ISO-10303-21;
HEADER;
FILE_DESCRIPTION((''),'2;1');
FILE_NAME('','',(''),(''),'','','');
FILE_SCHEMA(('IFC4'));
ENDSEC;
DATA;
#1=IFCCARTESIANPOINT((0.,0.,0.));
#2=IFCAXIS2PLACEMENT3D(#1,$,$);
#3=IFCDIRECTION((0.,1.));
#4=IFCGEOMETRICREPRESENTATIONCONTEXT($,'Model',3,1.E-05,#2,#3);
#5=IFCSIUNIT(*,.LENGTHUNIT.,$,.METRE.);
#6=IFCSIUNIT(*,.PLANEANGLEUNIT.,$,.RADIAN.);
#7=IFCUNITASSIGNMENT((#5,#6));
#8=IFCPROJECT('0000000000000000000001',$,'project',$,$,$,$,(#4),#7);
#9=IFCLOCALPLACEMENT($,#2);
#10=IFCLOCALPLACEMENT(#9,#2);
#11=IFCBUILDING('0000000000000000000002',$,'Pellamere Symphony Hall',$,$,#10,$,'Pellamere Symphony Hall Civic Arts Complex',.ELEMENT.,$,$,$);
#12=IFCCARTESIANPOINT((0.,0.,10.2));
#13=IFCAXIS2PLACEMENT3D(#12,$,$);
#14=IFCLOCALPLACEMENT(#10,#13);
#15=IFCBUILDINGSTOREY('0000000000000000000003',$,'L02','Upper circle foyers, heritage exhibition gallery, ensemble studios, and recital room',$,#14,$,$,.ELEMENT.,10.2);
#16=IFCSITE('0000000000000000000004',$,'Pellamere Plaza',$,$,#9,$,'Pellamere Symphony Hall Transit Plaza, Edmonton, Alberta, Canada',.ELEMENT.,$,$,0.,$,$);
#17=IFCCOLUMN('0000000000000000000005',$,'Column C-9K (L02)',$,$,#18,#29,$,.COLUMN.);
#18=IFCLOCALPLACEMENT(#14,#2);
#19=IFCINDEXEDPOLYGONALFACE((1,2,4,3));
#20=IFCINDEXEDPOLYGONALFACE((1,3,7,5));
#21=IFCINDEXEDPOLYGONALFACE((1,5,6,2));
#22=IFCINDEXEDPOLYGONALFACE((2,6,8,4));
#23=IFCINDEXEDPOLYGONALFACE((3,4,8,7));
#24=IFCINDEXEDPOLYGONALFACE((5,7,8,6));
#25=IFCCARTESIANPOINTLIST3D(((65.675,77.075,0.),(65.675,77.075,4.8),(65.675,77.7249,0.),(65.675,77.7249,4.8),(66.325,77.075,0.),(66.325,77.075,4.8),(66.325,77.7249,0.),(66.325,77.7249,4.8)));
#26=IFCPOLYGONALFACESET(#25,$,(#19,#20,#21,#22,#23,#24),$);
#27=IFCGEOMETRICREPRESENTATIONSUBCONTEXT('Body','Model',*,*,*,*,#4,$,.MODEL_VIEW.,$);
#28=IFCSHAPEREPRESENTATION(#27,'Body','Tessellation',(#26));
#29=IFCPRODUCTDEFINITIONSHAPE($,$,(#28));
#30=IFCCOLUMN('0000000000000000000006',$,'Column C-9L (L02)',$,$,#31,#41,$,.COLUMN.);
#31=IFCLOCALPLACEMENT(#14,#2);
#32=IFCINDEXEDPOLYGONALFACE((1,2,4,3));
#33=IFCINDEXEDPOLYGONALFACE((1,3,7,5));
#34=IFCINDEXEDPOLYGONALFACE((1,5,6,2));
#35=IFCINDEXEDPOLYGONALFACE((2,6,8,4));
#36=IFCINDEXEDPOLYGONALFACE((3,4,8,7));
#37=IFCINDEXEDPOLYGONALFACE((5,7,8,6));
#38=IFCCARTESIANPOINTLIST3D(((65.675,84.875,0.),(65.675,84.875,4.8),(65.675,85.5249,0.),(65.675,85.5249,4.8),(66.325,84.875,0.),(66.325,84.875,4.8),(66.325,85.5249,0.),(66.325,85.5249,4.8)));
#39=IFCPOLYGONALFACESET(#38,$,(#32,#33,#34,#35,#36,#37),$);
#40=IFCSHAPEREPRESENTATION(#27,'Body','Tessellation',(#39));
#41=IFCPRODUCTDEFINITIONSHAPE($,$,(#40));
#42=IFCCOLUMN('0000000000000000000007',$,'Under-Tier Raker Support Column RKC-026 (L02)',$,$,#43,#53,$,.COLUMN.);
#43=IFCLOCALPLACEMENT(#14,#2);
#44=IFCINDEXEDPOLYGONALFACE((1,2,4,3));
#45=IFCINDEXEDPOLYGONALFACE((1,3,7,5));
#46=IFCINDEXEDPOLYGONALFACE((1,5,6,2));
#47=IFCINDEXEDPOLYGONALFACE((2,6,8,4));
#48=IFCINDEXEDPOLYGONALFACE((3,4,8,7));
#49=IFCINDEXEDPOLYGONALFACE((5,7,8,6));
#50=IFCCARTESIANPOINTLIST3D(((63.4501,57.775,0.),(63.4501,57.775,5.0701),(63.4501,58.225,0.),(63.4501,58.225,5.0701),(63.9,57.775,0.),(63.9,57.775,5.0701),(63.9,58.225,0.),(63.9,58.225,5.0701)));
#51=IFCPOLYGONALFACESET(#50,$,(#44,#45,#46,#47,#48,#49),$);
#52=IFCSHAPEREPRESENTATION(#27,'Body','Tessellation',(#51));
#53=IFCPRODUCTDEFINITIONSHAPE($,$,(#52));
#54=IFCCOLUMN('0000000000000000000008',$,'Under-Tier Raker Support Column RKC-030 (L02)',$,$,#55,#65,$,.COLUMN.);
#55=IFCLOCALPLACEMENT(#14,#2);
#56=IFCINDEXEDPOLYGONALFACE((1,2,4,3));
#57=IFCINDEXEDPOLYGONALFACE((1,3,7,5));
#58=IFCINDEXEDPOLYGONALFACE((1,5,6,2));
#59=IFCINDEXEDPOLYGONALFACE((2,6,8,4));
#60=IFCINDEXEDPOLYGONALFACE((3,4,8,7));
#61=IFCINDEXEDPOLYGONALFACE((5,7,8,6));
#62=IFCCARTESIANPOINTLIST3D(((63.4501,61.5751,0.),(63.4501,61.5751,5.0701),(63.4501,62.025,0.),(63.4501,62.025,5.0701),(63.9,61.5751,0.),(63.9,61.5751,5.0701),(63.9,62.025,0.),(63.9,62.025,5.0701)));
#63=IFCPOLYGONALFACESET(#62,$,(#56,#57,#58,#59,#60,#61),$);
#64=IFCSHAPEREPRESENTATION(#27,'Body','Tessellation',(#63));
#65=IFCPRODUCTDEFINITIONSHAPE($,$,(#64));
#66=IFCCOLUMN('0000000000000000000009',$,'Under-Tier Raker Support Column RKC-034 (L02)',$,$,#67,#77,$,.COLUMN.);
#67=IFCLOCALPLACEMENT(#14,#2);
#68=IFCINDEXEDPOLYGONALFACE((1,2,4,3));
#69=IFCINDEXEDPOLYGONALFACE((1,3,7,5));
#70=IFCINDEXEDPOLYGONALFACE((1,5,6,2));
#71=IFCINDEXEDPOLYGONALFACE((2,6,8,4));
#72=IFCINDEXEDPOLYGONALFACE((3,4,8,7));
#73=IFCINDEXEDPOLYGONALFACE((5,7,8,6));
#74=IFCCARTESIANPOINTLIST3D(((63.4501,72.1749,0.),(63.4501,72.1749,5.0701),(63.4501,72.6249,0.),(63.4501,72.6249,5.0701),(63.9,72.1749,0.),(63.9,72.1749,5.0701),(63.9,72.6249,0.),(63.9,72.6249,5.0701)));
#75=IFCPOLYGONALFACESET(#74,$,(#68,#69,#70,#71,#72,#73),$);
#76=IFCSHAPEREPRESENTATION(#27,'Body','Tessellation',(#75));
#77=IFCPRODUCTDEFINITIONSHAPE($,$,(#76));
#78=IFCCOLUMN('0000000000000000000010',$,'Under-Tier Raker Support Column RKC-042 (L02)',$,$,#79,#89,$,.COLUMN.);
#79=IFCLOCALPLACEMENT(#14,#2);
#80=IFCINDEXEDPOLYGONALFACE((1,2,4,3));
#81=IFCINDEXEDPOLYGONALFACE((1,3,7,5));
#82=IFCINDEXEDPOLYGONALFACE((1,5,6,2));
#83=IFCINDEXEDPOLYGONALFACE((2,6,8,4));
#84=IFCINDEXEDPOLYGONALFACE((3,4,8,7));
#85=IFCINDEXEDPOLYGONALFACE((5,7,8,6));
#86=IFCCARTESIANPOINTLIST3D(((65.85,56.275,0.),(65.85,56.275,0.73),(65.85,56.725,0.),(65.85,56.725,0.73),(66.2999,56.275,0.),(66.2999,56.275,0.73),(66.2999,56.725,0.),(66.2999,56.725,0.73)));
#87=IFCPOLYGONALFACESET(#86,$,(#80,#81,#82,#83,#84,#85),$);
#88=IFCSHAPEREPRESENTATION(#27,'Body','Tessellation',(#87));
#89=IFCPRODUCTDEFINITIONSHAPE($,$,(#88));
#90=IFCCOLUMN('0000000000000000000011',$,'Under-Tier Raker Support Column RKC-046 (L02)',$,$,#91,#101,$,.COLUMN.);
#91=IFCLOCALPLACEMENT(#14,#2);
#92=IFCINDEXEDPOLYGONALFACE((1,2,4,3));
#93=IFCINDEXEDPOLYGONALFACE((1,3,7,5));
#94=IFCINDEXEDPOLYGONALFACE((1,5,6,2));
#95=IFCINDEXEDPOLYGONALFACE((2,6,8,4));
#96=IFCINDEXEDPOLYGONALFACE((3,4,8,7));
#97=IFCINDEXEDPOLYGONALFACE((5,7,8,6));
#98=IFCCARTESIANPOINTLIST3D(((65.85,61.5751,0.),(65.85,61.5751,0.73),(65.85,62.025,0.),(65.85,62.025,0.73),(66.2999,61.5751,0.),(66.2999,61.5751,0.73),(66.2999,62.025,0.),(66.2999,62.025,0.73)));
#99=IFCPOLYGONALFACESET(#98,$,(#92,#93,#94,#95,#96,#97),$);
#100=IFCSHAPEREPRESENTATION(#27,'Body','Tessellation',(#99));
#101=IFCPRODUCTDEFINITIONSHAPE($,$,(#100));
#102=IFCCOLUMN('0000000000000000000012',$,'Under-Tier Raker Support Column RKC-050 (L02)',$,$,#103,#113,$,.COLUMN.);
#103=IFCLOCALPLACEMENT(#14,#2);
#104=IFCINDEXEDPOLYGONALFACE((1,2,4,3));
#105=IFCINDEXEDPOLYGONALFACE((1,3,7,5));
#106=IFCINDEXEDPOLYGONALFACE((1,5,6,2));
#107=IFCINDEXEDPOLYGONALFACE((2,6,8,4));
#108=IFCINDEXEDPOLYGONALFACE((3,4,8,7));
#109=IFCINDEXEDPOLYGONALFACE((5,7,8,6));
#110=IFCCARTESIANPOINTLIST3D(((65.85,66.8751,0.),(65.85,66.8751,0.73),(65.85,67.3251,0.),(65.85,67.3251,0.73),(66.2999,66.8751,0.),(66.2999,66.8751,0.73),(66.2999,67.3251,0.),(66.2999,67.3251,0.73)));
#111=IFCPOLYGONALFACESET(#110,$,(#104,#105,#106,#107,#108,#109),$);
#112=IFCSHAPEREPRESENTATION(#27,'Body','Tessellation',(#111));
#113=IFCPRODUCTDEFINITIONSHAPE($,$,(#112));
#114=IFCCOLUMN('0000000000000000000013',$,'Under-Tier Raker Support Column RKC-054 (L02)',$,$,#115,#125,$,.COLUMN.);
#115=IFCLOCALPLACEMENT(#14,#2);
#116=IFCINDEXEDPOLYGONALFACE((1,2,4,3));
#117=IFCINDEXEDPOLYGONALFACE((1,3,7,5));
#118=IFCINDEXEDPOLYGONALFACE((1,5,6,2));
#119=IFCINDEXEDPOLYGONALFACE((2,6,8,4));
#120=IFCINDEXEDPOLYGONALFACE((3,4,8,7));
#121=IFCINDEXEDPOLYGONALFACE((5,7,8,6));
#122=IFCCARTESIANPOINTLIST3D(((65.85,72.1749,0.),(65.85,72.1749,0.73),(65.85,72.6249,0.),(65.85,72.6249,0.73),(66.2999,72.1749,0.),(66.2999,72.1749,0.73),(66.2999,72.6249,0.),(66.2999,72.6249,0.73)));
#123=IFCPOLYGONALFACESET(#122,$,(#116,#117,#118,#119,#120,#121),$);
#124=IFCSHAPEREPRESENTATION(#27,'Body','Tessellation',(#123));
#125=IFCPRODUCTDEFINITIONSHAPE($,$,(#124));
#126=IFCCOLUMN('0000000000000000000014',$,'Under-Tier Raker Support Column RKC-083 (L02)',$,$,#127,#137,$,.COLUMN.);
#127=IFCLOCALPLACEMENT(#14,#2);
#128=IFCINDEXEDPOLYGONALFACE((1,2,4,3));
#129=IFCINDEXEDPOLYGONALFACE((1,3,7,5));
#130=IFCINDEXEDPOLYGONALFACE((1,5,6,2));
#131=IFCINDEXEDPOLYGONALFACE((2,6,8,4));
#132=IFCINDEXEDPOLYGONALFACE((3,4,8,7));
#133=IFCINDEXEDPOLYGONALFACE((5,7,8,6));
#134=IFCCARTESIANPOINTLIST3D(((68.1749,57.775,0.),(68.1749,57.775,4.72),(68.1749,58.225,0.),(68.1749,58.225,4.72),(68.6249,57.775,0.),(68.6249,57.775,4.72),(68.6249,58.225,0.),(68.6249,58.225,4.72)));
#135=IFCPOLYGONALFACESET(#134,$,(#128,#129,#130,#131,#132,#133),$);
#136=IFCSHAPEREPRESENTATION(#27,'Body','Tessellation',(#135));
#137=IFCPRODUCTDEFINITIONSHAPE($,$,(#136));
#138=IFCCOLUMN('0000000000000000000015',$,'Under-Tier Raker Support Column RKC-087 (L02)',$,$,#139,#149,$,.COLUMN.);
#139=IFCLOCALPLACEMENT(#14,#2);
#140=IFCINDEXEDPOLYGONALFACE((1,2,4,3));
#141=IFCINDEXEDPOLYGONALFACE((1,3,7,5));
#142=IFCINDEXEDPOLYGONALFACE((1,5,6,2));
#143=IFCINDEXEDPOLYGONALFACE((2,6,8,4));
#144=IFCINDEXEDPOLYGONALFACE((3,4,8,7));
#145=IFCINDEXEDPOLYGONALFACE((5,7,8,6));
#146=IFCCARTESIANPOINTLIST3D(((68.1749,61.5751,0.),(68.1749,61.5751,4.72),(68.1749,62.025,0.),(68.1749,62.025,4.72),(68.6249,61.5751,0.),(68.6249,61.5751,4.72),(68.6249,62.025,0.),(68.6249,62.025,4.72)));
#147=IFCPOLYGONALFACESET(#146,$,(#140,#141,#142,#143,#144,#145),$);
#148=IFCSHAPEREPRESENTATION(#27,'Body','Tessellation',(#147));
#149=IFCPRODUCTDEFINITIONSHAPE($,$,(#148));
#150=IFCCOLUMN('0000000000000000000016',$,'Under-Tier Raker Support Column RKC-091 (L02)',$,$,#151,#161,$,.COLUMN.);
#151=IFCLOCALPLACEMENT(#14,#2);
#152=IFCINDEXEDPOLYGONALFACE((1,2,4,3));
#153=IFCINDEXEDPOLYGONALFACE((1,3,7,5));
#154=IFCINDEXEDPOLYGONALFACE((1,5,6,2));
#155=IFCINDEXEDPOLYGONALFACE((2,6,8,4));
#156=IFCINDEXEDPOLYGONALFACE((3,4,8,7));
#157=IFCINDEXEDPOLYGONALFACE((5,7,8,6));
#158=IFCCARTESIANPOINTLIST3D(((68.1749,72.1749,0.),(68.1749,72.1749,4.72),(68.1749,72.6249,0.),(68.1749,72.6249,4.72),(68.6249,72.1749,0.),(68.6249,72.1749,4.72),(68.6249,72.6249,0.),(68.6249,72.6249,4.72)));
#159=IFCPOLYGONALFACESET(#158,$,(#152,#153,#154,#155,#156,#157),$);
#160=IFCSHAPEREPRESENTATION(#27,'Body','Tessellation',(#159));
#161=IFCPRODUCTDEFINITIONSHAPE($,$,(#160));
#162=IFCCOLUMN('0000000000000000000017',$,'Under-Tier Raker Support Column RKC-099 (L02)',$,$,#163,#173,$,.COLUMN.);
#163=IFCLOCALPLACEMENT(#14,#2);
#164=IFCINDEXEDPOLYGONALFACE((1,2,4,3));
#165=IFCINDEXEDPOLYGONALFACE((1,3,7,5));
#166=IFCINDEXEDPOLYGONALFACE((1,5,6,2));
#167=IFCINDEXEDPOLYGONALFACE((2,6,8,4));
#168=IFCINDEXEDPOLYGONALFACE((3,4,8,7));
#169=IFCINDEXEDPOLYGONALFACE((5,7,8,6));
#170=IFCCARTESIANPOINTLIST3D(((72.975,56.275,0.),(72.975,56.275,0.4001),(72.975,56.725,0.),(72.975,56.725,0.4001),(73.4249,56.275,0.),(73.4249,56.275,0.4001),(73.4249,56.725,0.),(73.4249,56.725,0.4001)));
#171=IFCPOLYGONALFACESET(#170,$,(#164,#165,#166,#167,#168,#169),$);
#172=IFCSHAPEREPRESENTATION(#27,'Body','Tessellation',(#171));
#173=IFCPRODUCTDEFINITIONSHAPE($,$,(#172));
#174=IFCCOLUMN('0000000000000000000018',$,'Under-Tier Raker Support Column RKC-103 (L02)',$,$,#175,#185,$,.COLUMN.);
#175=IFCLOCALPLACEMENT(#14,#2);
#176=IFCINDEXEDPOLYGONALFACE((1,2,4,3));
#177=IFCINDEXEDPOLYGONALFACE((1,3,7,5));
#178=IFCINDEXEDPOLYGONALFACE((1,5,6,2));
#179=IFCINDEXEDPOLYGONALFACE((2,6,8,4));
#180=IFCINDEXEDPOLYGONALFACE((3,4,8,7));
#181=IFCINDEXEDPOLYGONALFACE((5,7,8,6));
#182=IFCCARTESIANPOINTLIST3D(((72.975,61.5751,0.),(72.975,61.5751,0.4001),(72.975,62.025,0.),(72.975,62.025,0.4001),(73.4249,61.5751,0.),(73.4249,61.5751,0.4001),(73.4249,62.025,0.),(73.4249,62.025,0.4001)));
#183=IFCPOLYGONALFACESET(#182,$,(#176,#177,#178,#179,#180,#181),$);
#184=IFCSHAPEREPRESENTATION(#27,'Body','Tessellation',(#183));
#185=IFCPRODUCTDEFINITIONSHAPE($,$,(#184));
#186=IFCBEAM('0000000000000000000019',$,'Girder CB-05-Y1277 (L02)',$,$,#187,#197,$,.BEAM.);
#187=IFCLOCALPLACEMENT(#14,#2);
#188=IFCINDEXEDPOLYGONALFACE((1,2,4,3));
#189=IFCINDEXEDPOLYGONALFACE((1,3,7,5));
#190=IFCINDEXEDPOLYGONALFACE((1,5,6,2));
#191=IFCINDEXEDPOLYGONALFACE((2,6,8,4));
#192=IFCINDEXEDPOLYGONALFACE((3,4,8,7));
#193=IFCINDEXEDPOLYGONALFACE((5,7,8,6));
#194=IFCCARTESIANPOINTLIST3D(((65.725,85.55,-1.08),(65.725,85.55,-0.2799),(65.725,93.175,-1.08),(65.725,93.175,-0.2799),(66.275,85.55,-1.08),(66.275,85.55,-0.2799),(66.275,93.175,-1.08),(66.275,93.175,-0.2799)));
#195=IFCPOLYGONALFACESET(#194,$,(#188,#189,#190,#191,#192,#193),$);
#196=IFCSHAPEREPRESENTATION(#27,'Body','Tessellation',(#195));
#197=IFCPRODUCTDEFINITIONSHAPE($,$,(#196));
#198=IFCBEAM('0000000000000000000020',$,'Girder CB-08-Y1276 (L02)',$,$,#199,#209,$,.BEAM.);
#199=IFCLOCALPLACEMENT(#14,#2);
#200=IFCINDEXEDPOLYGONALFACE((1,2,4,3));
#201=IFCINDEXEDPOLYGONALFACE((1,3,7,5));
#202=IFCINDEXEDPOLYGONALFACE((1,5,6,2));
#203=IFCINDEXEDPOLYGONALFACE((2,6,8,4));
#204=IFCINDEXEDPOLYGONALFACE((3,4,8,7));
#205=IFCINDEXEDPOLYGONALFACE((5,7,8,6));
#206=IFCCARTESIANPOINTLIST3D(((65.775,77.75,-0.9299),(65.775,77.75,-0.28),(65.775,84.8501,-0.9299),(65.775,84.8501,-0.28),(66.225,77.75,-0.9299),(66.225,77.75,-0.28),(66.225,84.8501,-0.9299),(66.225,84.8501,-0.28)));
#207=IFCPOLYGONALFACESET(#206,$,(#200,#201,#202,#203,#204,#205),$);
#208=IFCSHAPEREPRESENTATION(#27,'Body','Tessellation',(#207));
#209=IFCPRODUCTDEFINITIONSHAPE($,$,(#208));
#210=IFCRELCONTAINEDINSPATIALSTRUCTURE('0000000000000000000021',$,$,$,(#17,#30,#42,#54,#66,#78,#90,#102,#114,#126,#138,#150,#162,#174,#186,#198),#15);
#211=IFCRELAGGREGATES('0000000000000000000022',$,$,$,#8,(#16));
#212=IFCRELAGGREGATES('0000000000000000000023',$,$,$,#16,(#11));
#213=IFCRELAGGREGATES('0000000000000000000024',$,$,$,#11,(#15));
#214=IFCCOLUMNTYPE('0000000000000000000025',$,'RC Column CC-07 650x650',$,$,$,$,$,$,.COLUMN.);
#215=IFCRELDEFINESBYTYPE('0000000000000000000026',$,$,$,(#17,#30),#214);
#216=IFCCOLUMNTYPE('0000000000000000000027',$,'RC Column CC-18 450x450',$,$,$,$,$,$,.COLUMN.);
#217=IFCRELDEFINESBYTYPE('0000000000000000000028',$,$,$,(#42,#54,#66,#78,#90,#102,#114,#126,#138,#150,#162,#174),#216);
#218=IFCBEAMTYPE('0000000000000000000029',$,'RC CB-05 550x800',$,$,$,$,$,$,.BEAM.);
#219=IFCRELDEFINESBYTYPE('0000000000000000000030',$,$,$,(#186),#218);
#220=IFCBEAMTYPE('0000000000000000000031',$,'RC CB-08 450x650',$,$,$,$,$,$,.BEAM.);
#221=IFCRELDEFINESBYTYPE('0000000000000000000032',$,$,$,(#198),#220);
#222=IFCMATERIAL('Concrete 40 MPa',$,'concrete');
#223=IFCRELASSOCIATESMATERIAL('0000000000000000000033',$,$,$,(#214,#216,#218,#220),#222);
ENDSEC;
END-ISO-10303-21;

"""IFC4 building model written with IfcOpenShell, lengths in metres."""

from ifc_helpers import new_model, si_unit, direction, frame, origin, origin_2d, place, context, subcontext, project, spatial, rectangle, extrude, material, material_profile, profile_set, type_object, element, save


model = new_model("IFC4")

# Units and contexts
model_context = context("Model", 3, precision=1e-05, world=origin(), true_north=direction((0.0, 1.0)))
body_context = subcontext(model_context, "Body", "Model", "MODEL_VIEW")
ifc_project = project(units=[si_unit("LENGTHUNIT", "METRE"), si_unit("PLANEANGLEUNIT", "RADIAN")], contexts=[model_context])

# Site, building, storey
site_placement = place(None, origin())
site = spatial("IfcSite", under=ifc_project, at=site_placement, Name="Pellamere Plaza", LongName="Pellamere Symphony Hall Transit Plaza, Edmonton, Alberta, Canada", CompositionType="ELEMENT", RefElevation=0.0)
building_placement = place(site_placement, origin())
building = spatial("IfcBuilding", under=site, at=building_placement, Name="Pellamere Symphony Hall", LongName="Pellamere Symphony Hall Civic Arts Complex", CompositionType="ELEMENT")
storey_placement = place(building_placement, frame((0.0, 0.0, 10.2)))
storey = spatial("IfcBuildingStorey", under=building, at=storey_placement, Name="L02", Description="Upper circle foyers, heritage exhibition gallery, ensemble studios, and recital room", CompositionType="ELEMENT", Elevation=10.2)

# Columns
ifc_material_1 = material(Name="Concrete 40 MPa", Category="concrete")
ifc_material_profile_1 = material_profile(ifc_material_1, rectangle(XDim=0.6499, YDim=0.6499, at=origin_2d()), Name="RC 650x650")
ifc_profile_set_1 = profile_set([ifc_material_profile_1], Name="Concrete 40 MPa")
column_type_1 = type_object("IfcColumnType", Name="RC Column CC-07 650x650", PredefinedType="COLUMN", material=ifc_profile_set_1)
for number, where, z_axis, x_axis, name in (
    (1, (66.0, 77.3999, 0.0), (0.0, 0.0, 1.0), (1.0, 0.0, 0.0), "Column C-9K (L02)"),
    (2, (66.0, 85.2, 0.0), (0.0, 0.0, 1.0), (1.0, 0.0, 0.0), "Column C-9L (L02)"),
):
    element("IfcColumn", number, at=place(storey_placement, frame(where, z_axis=z_axis, x_axis=x_axis)), inside=storey, type_object=column_type_1, Name=name, PredefinedType="COLUMN", context=body_context, shape_type="SweptSolid", body=[
        extrude(rectangle(XDim=0.6499, YDim=0.6499, at=origin_2d()), origin(), (0.0, 0.0, 1.0), 4.8),
    ])
ifc_material_profile_2 = material_profile(ifc_material_1, rectangle(XDim=0.45, YDim=0.45, at=origin_2d()), Name="RC 450x450")
ifc_profile_set_2 = profile_set([ifc_material_profile_2], Name="Concrete 40 MPa")
column_type_2 = type_object("IfcColumnType", Name="RC Column CC-18 450x450", PredefinedType="COLUMN", material=ifc_profile_set_2)
for number, where, z_axis, x_axis, name in (
    (3, (63.675, 58.0, 0.0), (0.0, 0.0, 1.0), (1.0, 0.0, 0.0), "Under-Tier Raker Support Column RKC-026 (L02)"),
    (4, (63.675, 61.8, 0.0), (0.0, 0.0, 1.0), (1.0, 0.0, 0.0), "Under-Tier Raker Support Column RKC-030 (L02)"),
    (5, (63.675, 72.3999, 0.0), (0.0, 0.0, 1.0), (1.0, 0.0, 0.0), "Under-Tier Raker Support Column RKC-034 (L02)"),
):
    element("IfcColumn", number, at=place(storey_placement, frame(where, z_axis=z_axis, x_axis=x_axis)), inside=storey, type_object=column_type_2, Name=name, PredefinedType="COLUMN", context=body_context, shape_type="SweptSolid", body=[
        extrude(rectangle(XDim=0.45, YDim=0.45, at=origin_2d()), origin(), (0.0, 0.0, 1.0), 5.0701),
    ])
for number, where, z_axis, x_axis, name in (
    (6, (66.075, 56.5, 0.0), (0.0, 0.0, 1.0), (1.0, 0.0, 0.0), "Under-Tier Raker Support Column RKC-042 (L02)"),
    (7, (66.075, 61.8, 0.0), (0.0, 0.0, 1.0), (1.0, 0.0, 0.0), "Under-Tier Raker Support Column RKC-046 (L02)"),
    (8, (66.075, 67.1001, 0.0), (0.0, 0.0, 1.0), (1.0, 0.0, 0.0), "Under-Tier Raker Support Column RKC-050 (L02)"),
    (9, (66.075, 72.3999, 0.0), (0.0, 0.0, 1.0), (1.0, 0.0, 0.0), "Under-Tier Raker Support Column RKC-054 (L02)"),
):
    element("IfcColumn", number, at=place(storey_placement, frame(where, z_axis=z_axis, x_axis=x_axis)), inside=storey, type_object=column_type_2, Name=name, PredefinedType="COLUMN", context=body_context, shape_type="SweptSolid", body=[
        extrude(rectangle(XDim=0.45, YDim=0.45, at=origin_2d()), origin(), (0.0, 0.0, 1.0), 0.73),
    ])
for number, where, z_axis, x_axis, name in (
    (10, (68.3999, 58.0, 0.0), (0.0, 0.0, 1.0), (1.0, 0.0, 0.0), "Under-Tier Raker Support Column RKC-083 (L02)"),
    (11, (68.3999, 61.8, 0.0), (0.0, 0.0, 1.0), (1.0, 0.0, 0.0), "Under-Tier Raker Support Column RKC-087 (L02)"),
    (12, (68.3999, 72.3999, 0.0), (0.0, 0.0, 1.0), (1.0, 0.0, 0.0), "Under-Tier Raker Support Column RKC-091 (L02)"),
):
    element("IfcColumn", number, at=place(storey_placement, frame(where, z_axis=z_axis, x_axis=x_axis)), inside=storey, type_object=column_type_2, Name=name, PredefinedType="COLUMN", context=body_context, shape_type="SweptSolid", body=[
        extrude(rectangle(XDim=0.45, YDim=0.45, at=origin_2d()), origin(), (0.0, 0.0, 1.0), 4.72),
    ])
for number, where, z_axis, x_axis, name in (
    (13, (73.2, 56.5, 0.0), (0.0, 0.0, 1.0), (1.0, 0.0, 0.0), "Under-Tier Raker Support Column RKC-099 (L02)"),
    (14, (73.2, 61.8, 0.0), (0.0, 0.0, 1.0), (1.0, 0.0, 0.0), "Under-Tier Raker Support Column RKC-103 (L02)"),
):
    element("IfcColumn", number, at=place(storey_placement, frame(where, z_axis=z_axis, x_axis=x_axis)), inside=storey, type_object=column_type_2, Name=name, PredefinedType="COLUMN", context=body_context, shape_type="SweptSolid", body=[
        extrude(rectangle(XDim=0.45, YDim=0.45, at=origin_2d()), origin(), (0.0, 0.0, 1.0), 0.4001),
    ])

# Beams
ifc_material_profile_3 = material_profile(ifc_material_1, rectangle(XDim=0.55, YDim=0.8, at=origin_2d()), Name="RC 550x800")
ifc_profile_set_3 = profile_set([ifc_material_profile_3], Name="Concrete 40 MPa")
beam_type_1 = type_object("IfcBeamType", Name="RC CB-05 550x800", PredefinedType="BEAM", material=ifc_profile_set_3)
beam_1_placement = place(storey_placement, frame((66.0, 85.55, -0.6799), z_axis=(0.0, 1.0, 0.0), x_axis=(-1.0, 0.0, 0.0)))
element("IfcBeam", 15, at=beam_1_placement, inside=storey, type_object=beam_type_1, Name="Girder CB-05-Y1277 (L02)", PredefinedType="BEAM", context=body_context, shape_type="SweptSolid", body=[
    extrude(rectangle(XDim=0.55, YDim=0.8, at=origin_2d()), origin(), (0.0, 0.0, 1.0), 7.625),
])
ifc_material_profile_4 = material_profile(ifc_material_1, rectangle(XDim=0.45, YDim=0.6499, at=origin_2d()), Name="RC 450x650")
ifc_profile_set_4 = profile_set([ifc_material_profile_4], Name="Concrete 40 MPa")
beam_type_2 = type_object("IfcBeamType", Name="RC CB-08 450x650", PredefinedType="BEAM", material=ifc_profile_set_4)
beam_2_placement = place(storey_placement, frame((66.0, 77.75, -0.605), z_axis=(0.0, 1.0, 0.0), x_axis=(-1.0, 0.0, 0.0)))
element("IfcBeam", 16, at=beam_2_placement, inside=storey, type_object=beam_type_2, Name="Girder CB-08-Y1276 (L02)", PredefinedType="BEAM", context=body_context, shape_type="SweptSolid", body=[
    extrude(rectangle(XDim=0.45, YDim=0.6499, at=origin_2d()), origin(), (0.0, 0.0, 1.0), 7.1001),
])

save(model, "model.ifc")
